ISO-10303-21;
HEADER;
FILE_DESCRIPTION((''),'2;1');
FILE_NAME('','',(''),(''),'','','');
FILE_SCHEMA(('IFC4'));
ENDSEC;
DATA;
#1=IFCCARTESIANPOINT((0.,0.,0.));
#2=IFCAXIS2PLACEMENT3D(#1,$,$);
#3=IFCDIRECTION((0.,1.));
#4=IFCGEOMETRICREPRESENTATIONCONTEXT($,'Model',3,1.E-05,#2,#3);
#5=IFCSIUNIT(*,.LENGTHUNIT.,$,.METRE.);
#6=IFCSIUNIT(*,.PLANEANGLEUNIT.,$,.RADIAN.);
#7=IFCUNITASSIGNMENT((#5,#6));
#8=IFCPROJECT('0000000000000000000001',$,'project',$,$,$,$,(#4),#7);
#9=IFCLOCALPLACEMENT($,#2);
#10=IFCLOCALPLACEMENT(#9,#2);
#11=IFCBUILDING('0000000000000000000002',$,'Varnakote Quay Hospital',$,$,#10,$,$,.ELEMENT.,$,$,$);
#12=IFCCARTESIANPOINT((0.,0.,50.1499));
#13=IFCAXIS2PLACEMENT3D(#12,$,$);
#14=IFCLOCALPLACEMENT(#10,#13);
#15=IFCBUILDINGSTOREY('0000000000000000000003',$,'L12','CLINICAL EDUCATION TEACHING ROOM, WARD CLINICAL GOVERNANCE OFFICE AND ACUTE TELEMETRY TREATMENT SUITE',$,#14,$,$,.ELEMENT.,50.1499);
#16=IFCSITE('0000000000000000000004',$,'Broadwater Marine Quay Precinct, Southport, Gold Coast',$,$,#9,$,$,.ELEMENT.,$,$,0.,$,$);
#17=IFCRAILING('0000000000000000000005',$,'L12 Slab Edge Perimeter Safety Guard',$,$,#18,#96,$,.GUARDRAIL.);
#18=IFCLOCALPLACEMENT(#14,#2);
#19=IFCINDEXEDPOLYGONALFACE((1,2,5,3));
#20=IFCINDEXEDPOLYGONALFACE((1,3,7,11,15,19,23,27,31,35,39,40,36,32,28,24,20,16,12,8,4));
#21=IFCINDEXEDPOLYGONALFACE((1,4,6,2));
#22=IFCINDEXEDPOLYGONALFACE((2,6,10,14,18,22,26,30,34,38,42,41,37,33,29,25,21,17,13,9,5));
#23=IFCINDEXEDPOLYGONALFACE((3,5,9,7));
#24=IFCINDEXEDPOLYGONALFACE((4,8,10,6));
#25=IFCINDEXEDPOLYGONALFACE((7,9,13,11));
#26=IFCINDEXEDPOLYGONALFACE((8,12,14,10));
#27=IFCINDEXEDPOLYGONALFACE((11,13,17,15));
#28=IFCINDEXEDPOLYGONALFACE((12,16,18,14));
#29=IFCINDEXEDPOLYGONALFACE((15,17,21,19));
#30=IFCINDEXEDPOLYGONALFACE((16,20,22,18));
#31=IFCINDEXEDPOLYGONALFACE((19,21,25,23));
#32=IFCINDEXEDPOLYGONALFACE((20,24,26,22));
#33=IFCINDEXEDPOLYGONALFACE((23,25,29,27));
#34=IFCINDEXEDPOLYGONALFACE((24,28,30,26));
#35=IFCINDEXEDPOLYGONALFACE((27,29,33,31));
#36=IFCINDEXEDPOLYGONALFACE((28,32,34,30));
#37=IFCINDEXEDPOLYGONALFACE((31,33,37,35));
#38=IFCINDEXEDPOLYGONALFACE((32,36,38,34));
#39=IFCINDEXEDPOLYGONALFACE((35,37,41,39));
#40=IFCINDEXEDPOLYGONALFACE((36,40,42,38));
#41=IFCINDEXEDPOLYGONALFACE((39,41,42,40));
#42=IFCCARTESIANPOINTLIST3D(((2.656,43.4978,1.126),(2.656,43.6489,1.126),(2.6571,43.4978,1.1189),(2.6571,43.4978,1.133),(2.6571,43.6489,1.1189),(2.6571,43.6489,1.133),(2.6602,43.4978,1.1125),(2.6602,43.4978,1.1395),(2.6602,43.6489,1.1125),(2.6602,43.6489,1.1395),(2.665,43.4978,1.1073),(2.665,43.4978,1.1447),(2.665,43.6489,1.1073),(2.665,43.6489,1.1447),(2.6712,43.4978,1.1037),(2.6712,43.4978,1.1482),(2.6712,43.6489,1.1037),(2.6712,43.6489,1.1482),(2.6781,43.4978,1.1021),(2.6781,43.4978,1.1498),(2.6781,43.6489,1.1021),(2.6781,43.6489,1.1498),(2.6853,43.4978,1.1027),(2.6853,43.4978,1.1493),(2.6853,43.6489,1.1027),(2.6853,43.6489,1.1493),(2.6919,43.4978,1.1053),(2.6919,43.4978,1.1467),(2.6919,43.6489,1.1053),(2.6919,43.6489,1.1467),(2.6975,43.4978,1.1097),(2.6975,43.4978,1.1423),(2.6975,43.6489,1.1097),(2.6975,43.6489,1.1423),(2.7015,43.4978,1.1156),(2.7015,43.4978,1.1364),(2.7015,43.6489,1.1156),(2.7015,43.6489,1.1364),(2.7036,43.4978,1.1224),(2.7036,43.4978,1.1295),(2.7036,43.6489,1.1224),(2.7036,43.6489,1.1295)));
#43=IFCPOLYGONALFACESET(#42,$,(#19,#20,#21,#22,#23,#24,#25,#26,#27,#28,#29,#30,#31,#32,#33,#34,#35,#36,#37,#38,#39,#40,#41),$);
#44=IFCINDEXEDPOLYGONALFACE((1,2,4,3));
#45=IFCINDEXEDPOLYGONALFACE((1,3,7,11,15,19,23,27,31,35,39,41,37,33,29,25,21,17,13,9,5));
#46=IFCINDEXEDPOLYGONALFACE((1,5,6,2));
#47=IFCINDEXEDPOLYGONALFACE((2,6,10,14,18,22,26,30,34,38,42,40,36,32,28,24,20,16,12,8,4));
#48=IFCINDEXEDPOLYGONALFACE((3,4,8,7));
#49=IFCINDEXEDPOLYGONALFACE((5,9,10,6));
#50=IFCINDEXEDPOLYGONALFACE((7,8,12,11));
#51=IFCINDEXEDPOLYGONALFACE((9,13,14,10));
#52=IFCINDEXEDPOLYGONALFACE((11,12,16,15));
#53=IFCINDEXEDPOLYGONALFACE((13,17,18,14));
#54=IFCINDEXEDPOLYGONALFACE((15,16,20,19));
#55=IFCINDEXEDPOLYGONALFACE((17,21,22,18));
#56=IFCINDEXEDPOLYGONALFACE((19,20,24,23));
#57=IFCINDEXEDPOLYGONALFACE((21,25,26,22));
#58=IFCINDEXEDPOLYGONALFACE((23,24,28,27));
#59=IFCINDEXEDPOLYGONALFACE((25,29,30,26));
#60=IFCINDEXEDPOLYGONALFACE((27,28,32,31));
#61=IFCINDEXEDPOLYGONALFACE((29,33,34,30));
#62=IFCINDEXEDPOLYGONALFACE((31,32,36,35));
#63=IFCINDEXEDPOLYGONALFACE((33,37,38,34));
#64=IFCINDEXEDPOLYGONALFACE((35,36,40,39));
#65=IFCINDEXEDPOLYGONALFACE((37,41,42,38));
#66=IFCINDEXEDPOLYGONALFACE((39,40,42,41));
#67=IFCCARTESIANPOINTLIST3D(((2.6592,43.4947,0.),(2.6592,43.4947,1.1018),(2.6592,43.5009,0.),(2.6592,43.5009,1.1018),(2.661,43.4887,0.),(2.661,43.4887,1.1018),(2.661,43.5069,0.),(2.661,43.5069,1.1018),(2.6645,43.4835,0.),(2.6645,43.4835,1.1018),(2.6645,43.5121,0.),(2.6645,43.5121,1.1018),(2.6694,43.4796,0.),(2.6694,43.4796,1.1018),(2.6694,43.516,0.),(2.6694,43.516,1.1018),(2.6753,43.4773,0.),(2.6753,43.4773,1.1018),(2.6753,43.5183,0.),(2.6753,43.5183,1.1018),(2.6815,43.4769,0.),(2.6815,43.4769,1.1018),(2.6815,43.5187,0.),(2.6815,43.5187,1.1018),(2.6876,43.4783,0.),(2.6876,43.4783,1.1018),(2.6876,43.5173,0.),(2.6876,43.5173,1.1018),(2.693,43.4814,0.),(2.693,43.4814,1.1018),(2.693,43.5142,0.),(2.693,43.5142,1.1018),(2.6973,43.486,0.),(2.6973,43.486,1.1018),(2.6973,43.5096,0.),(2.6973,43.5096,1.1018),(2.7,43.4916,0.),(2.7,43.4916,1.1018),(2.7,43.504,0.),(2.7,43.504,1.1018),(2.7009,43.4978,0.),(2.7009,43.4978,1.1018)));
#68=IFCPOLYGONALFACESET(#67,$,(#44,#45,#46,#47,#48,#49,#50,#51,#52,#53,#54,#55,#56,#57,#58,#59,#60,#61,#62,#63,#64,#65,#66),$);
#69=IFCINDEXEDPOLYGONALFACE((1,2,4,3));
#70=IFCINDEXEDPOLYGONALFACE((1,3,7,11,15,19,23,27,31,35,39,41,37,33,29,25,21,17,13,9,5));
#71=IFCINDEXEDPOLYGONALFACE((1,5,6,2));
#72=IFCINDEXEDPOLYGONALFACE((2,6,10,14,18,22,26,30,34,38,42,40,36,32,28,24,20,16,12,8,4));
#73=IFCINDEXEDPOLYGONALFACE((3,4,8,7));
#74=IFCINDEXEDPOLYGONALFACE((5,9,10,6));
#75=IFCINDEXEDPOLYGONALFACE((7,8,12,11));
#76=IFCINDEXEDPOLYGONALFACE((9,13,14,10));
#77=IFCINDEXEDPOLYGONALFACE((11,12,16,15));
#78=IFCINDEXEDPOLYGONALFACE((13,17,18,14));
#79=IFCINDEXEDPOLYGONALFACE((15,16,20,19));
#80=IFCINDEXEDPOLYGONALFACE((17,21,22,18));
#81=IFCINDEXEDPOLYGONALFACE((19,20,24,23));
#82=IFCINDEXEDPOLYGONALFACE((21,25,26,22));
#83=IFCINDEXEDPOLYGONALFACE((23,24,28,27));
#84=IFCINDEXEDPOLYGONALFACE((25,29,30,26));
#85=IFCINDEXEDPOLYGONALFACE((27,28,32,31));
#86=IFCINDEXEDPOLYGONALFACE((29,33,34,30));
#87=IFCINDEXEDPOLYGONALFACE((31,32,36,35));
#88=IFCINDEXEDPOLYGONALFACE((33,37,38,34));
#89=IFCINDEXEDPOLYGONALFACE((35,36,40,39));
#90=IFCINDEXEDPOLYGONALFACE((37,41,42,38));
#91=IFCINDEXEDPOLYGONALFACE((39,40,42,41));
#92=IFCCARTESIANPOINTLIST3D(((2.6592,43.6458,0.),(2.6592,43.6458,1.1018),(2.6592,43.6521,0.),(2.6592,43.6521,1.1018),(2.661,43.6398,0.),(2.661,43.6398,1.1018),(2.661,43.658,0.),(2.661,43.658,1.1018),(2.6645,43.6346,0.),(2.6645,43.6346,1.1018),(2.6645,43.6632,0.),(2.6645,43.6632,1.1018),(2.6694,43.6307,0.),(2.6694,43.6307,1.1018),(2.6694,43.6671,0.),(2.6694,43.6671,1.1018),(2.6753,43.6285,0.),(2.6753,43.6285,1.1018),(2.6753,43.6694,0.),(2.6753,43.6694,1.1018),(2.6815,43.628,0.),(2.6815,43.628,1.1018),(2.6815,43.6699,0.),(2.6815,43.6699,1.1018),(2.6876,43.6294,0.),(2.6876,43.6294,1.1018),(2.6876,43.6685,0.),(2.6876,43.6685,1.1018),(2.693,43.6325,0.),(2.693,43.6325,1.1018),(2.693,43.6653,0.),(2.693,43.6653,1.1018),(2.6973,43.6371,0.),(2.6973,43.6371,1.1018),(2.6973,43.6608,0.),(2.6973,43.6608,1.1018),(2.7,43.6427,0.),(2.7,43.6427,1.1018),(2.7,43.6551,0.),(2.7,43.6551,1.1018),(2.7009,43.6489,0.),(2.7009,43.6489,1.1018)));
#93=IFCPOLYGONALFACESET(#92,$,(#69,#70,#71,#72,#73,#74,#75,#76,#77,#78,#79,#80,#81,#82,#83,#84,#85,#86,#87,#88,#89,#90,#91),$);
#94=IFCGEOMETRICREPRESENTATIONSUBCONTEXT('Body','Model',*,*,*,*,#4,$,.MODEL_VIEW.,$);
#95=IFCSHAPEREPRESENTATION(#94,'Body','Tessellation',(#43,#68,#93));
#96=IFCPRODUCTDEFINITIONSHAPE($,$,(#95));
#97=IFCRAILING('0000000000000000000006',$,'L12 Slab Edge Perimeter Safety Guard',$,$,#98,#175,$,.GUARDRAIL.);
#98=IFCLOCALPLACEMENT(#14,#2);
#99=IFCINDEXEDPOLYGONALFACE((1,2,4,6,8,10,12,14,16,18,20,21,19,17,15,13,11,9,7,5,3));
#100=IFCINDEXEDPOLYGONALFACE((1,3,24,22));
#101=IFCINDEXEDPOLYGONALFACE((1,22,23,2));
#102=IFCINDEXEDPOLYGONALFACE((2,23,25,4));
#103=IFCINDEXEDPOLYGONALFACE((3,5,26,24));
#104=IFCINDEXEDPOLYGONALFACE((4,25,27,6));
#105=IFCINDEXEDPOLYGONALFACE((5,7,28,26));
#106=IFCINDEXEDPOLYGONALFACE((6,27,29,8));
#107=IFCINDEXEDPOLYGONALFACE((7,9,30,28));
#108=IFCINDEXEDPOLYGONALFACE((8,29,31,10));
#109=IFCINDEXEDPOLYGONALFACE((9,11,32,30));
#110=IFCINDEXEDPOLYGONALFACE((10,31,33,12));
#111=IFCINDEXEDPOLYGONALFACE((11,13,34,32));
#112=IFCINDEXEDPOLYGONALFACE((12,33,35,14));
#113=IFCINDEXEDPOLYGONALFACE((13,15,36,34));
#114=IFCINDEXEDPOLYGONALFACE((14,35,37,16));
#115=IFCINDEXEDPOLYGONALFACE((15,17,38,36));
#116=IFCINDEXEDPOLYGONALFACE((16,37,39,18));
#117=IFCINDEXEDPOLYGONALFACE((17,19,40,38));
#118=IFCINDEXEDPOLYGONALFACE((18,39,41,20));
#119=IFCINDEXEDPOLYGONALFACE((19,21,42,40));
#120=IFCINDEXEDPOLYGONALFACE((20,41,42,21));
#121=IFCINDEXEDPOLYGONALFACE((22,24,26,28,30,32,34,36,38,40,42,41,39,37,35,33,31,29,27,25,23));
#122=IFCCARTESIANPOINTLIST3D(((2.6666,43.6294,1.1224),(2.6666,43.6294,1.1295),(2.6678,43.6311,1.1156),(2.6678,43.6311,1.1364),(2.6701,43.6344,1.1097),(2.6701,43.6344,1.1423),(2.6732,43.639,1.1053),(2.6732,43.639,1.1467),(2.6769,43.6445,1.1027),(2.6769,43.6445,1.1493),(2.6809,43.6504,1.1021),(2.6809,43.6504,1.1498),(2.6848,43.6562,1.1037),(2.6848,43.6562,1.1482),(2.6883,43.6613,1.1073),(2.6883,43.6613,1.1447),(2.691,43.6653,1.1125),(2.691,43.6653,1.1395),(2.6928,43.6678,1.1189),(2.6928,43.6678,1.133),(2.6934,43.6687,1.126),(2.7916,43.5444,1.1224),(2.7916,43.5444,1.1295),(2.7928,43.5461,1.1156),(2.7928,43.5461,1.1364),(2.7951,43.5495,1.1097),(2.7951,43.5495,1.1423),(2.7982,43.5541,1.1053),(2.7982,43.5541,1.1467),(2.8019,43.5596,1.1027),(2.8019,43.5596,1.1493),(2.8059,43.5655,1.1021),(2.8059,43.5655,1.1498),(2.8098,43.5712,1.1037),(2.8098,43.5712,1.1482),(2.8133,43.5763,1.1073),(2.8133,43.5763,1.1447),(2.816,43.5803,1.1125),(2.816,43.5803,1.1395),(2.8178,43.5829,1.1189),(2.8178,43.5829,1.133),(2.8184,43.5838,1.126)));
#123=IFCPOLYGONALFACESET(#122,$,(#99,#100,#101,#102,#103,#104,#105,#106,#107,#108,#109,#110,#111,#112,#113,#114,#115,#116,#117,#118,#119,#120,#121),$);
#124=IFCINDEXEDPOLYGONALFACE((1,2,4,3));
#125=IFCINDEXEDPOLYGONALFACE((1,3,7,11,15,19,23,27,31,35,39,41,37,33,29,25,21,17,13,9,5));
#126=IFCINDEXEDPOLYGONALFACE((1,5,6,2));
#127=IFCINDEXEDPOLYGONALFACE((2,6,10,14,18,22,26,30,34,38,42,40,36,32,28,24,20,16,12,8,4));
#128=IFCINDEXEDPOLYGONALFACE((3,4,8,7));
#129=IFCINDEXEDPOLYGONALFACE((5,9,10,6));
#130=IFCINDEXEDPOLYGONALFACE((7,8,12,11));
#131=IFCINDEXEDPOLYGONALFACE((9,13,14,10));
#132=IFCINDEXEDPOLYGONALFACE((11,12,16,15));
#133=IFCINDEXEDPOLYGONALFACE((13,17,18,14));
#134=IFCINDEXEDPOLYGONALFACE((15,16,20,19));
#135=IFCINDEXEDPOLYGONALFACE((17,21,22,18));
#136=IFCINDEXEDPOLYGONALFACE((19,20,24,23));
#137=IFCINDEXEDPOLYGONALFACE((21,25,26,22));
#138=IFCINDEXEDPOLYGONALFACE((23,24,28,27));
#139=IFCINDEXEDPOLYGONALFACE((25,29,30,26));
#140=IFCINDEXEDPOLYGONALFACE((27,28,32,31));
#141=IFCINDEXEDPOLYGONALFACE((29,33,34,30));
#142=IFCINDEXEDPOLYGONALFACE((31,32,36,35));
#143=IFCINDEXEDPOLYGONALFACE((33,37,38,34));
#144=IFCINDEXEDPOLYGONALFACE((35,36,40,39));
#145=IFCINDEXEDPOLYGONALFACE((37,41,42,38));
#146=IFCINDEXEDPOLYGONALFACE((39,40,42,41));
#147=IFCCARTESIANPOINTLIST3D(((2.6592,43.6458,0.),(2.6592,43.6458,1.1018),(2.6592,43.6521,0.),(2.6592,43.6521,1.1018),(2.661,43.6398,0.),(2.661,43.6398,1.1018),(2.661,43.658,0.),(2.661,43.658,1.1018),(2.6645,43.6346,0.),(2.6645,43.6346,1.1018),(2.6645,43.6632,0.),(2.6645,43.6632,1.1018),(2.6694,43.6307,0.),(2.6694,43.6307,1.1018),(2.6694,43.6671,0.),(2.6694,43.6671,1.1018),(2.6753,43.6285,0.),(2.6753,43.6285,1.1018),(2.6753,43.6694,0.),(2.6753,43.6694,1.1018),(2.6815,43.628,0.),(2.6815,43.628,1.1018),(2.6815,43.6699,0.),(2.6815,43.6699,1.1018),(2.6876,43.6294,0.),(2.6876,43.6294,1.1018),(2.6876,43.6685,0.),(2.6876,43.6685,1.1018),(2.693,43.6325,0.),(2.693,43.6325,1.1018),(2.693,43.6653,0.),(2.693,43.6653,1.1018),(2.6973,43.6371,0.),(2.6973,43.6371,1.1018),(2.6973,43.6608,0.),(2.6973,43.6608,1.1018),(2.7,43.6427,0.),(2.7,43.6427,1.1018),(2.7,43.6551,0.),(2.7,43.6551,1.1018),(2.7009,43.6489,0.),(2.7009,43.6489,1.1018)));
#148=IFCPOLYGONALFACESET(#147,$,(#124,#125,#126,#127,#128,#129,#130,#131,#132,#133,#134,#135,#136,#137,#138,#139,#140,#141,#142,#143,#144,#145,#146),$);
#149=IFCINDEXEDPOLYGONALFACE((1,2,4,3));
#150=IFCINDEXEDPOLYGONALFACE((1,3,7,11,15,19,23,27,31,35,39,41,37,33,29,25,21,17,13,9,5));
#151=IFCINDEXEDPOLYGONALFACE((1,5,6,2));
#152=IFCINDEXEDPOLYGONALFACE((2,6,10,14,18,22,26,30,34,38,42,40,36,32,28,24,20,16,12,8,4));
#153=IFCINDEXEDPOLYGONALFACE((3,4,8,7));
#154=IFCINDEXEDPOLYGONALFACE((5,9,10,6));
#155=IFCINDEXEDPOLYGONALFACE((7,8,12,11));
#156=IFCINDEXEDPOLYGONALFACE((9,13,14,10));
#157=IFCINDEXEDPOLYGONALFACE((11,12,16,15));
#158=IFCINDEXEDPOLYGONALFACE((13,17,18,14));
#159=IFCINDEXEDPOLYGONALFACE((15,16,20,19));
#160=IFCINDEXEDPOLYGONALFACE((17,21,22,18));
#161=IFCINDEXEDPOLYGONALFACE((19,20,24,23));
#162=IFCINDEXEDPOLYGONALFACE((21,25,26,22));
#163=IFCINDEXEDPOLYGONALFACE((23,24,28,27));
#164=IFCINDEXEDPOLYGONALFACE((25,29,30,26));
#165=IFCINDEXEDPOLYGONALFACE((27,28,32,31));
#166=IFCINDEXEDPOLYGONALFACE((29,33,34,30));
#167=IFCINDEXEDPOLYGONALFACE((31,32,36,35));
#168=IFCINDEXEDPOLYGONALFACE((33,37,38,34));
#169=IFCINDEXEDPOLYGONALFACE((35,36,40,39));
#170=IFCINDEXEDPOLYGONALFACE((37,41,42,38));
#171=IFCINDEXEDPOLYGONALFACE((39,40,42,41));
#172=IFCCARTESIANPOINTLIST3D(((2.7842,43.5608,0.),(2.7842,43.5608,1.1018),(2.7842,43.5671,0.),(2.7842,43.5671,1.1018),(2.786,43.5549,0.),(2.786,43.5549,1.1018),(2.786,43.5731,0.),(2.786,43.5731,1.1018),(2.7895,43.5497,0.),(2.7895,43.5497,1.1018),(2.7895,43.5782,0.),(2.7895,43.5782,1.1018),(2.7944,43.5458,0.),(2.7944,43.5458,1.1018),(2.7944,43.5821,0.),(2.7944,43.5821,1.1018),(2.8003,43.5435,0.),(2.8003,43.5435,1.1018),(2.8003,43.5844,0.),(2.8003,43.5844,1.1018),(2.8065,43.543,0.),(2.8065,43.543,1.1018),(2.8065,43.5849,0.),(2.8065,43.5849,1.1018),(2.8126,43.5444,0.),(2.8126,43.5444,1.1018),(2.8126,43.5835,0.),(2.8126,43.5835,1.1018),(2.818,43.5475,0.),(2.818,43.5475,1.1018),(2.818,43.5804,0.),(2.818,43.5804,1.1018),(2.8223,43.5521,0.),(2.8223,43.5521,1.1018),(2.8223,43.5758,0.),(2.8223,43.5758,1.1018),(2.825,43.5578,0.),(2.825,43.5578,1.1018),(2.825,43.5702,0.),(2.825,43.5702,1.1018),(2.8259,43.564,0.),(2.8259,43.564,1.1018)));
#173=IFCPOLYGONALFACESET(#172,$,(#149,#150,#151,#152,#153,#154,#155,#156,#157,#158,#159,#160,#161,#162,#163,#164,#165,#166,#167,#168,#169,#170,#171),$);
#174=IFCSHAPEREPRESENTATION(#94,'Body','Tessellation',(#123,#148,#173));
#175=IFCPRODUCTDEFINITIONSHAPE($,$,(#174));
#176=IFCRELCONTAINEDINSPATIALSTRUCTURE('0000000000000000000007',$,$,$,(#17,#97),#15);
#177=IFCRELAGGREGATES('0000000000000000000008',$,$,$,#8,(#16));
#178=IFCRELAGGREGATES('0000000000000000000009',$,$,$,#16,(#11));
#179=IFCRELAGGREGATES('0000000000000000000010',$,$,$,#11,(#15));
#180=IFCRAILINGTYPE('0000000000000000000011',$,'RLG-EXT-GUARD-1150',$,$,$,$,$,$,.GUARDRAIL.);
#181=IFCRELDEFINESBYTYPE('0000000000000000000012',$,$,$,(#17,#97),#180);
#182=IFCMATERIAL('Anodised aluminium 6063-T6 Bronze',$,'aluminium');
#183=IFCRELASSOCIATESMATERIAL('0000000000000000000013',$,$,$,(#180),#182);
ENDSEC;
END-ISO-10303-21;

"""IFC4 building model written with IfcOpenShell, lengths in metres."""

from ifc_helpers import new_model, si_unit, direction, frame, origin, origin_2d, place, context, subcontext, project, spatial, circle, extrude, material, type_object, element, save


model = new_model("IFC4")

# Units and contexts
model_context = context("Model", 3, precision=1e-05, world=origin(), true_north=direction((0.0, 1.0)))
body_context = subcontext(model_context, "Body", "Model", "MODEL_VIEW")
ifc_project = project(units=[si_unit("LENGTHUNIT", "METRE"), si_unit("PLANEANGLEUNIT", "RADIAN")], contexts=[model_context])

# Site, building, storey
site_placement = place(None, origin())
site = spatial("IfcSite", under=ifc_project, at=site_placement, Name="Broadwater Marine Quay Precinct, Southport, Gold Coast", CompositionType="ELEMENT", RefElevation=0.0)
building_placement = place(site_placement, origin())
building = spatial("IfcBuilding", under=site, at=building_placement, Name="Varnakote Quay Hospital", CompositionType="ELEMENT")
storey_placement = place(building_placement, frame((0.0, 0.0, 50.1499)))
storey = spatial("IfcBuildingStorey", under=building, at=storey_placement, Name="L12", Description="CLINICAL EDUCATION TEACHING ROOM, WARD CLINICAL GOVERNANCE OFFICE AND ACUTE TELEMETRY TREATMENT SUITE", CompositionType="ELEMENT", Elevation=50.1499)

# Railings
ifc_material_1 = material(Name="Anodised aluminium 6063-T6 Bronze", Category="aluminium")
railing_type = type_object("IfcRailingType", Name="RLG-EXT-GUARD-1150", PredefinedType="GUARDRAIL", material=ifc_material_1)
railing_1_placement = place(storey_placement, frame((2.6799, 43.4978, 0.0)))
element("IfcRailing", 1, at=railing_1_placement, inside=storey, type_object=railing_type, Name="L12 Slab Edge Perimeter Safety Guard", PredefinedType="GUARDRAIL", context=body_context, shape_type="SweptSolid", body=[
    extrude(circle(Radius=0.0239, at=origin_2d()), frame((0.0, 0.0, 1.126), z_axis=(0.0, 1.0, 0.0), x_axis=(-1.0, 0.0, 0.0)), (0.0, 0.0, 1.0), 0.1511),
    extrude(circle(Radius=0.021, at=origin_2d()), origin(), (0.0, 0.0, 1.0), 1.1018),
    extrude(circle(Radius=0.021, at=origin_2d()), frame((0.0, 0.1511, 0.0)), (0.0, 0.0, 1.0), 1.1018),
])
railing_2_placement = place(storey_placement, frame((2.6799, 43.6489, 0.0)))
element("IfcRailing", 2, at=railing_2_placement, inside=storey, type_object=railing_type, Name="L12 Slab Edge Perimeter Safety Guard", PredefinedType="GUARDRAIL", context=body_context, shape_type="SweptSolid", body=[
    extrude(circle(Radius=0.0239, at=origin_2d()), frame((0.0, 0.0, 1.126), z_axis=(0.827047, -0.562133, 0.0), x_axis=(0.562133, 0.827047, 0.0)), (0.0, 0.0, 1.0), 0.1511),
    extrude(circle(Radius=0.021, at=origin_2d()), origin(), (0.0, 0.0, 1.0), 1.1018),
    extrude(circle(Radius=0.021, at=origin_2d()), frame((0.125, -0.085, 0.0)), (0.0, 0.0, 1.0), 1.1018),
])

save(model, "model.ifc")
